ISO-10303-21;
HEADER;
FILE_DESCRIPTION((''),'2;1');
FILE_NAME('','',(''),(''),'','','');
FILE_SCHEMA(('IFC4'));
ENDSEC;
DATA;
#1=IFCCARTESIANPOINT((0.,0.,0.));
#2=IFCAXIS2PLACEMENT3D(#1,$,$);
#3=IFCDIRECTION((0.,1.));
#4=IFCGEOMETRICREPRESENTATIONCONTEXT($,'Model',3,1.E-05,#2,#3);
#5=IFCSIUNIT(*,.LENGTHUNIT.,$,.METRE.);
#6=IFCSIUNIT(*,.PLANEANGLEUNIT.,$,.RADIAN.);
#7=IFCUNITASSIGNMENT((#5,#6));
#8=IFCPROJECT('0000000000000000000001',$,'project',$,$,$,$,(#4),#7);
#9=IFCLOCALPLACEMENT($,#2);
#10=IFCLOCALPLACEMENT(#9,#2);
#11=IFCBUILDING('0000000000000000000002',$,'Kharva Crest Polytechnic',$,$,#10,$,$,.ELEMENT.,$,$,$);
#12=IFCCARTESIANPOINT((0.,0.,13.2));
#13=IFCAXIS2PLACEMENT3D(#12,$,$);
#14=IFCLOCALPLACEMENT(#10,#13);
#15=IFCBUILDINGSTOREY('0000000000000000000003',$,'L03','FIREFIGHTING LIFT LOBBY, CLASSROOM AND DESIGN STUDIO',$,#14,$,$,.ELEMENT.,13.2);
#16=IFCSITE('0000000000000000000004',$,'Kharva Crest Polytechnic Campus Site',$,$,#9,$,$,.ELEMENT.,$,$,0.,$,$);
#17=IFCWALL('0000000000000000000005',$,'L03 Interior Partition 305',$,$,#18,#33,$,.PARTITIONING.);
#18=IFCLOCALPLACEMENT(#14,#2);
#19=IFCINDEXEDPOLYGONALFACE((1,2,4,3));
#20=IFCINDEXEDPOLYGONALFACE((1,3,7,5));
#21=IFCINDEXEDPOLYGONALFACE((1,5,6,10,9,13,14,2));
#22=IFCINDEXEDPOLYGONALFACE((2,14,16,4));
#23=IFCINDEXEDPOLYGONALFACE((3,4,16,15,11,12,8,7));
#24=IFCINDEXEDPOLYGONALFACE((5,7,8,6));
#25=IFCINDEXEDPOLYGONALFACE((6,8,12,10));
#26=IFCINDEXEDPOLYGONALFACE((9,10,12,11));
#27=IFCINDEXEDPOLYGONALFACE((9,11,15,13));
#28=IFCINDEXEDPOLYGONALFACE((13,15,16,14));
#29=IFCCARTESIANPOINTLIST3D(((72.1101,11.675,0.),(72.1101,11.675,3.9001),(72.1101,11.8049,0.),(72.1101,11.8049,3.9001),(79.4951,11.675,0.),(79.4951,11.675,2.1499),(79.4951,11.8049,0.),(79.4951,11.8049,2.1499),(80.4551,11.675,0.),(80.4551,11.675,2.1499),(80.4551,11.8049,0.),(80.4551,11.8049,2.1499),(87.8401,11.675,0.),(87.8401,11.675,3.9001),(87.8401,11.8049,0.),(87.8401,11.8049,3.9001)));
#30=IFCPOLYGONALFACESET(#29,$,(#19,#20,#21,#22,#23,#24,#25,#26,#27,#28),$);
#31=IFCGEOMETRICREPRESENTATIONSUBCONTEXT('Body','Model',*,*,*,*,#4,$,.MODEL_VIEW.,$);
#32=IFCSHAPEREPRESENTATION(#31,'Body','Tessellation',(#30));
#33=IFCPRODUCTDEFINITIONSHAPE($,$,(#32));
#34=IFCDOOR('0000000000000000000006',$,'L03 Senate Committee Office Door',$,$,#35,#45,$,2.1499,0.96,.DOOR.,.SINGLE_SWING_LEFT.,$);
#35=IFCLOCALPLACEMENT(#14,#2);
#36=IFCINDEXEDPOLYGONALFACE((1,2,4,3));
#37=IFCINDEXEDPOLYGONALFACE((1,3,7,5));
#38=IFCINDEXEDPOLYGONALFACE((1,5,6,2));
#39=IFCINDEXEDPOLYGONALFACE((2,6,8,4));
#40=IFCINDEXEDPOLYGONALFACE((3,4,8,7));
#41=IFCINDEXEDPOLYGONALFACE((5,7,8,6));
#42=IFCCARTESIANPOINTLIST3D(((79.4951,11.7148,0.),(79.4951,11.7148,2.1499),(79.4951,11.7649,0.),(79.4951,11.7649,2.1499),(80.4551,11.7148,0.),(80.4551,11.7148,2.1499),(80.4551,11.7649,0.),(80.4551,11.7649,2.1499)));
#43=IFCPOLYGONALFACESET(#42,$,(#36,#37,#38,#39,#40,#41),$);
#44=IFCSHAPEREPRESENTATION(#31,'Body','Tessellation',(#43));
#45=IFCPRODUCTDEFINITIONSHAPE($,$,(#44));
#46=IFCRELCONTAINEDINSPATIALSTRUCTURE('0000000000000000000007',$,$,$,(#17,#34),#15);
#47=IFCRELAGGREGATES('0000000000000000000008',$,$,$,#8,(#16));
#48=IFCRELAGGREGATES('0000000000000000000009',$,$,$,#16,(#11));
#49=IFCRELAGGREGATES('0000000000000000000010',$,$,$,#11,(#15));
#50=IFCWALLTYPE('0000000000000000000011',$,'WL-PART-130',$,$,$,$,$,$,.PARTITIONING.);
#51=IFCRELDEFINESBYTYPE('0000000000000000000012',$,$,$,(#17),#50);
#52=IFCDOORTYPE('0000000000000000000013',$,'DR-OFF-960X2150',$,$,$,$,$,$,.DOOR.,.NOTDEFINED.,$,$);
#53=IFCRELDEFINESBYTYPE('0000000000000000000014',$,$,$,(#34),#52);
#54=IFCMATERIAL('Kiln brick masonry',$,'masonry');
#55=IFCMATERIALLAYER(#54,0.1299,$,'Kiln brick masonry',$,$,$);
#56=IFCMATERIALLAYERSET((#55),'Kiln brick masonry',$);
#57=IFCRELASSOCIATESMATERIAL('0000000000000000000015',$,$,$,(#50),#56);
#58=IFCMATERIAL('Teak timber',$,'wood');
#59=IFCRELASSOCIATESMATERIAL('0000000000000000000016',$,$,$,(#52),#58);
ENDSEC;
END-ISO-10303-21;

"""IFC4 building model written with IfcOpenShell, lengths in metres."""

from ifc_helpers import new_model, si_unit, direction, frame, frame_2d, origin, place, context, subcontext, project, spatial, rectangle, extrude, material, layer, layer_set, type_object, element, fill, save


model = new_model("IFC4")

# Units and contexts
model_context = context("Model", 3, precision=1e-05, world=origin(), true_north=direction((0.0, 1.0)))
body_context = subcontext(model_context, "Body", "Model", "MODEL_VIEW")
ifc_project = project(units=[si_unit("LENGTHUNIT", "METRE"), si_unit("PLANEANGLEUNIT", "RADIAN")], contexts=[model_context])

# Site, building, storey
site_placement = place(None, origin())
site = spatial("IfcSite", under=ifc_project, at=site_placement, Name="Kharva Crest Polytechnic Campus Site", CompositionType="ELEMENT", RefElevation=0.0)
building_placement = place(site_placement, origin())
building = spatial("IfcBuilding", under=site, at=building_placement, Name="Kharva Crest Polytechnic", CompositionType="ELEMENT")
storey_placement = place(building_placement, frame((0.0, 0.0, 13.2)))
storey = spatial("IfcBuildingStorey", under=building, at=storey_placement, Name="L03", Description="FIREFIGHTING LIFT LOBBY, CLASSROOM AND DESIGN STUDIO", CompositionType="ELEMENT", Elevation=13.2)

# Wall, opening, door
ifc_material_1 = material(Name="Kiln brick masonry", Category="masonry")
ifc_material_2 = material(Name="Teak timber", Category="wood")
ifc_layer_1 = layer(ifc_material_1, 0.1299, Name="Kiln brick masonry")
ifc_layer_set_1 = layer_set([ifc_layer_1], Name="Kiln brick masonry")
wall_type_1 = type_object("IfcWallType", Name="WL-PART-130", PredefinedType="PARTITIONING", material=ifc_layer_set_1)
wall_1_placement = place(storey_placement, frame((72.1101, 11.74, 0.0), z_axis=(0.0, 0.0, 1.0), x_axis=(1.0, 0.0, 0.0)))
wall_1 = element("IfcWall", 1, at=wall_1_placement, inside=storey, type_object=wall_type_1, Name="L03 Interior Partition 305", PredefinedType="PARTITIONING", context=body_context, shape_type="SweptSolid", body=[
    extrude(rectangle(XDim=15.73, YDim=0.1299, at=frame_2d((7.865, 0.0))), origin(), (0.0, 0.0, 1.0), 3.9001),
])
opening_1_placement = place(wall_1_placement, frame((7.385, 0.0, 0.0)))
opening_1 = element("IfcOpeningElement", 2, at=opening_1_placement, cuts=wall_1, PredefinedType="OPENING", context=body_context, shape_type="SweptSolid", body=[
    extrude(rectangle(XDim=0.96, YDim=2.1499, at=frame_2d((0.48, 1.075))), frame((0.0, 0.075, 0.0), z_axis=(0.0, -1.0, 0.0), x_axis=(1.0, 0.0, 0.0)), (0.0, 0.0, 1.0), 0.1499),
])
door_type_1 = type_object("IfcDoorType", Name="DR-OFF-960X2150", OperationType="NOTDEFINED", PredefinedType="DOOR", material=ifc_material_2)
door_1_placement = place(opening_1_placement, origin())
door_1 = element("IfcDoor", 3, at=door_1_placement, inside=storey, type_object=door_type_1, Name="L03 Senate Committee Office Door", OperationType="SINGLE_SWING_LEFT", OverallHeight=2.1499, OverallWidth=0.96, PredefinedType="DOOR", context=body_context, shape_type="SweptSolid", body=[
    extrude(rectangle(XDim=0.96, YDim=2.1499, at=frame_2d((0.48, 1.075))), frame((0.0, 0.0249, 0.0), z_axis=(0.0, -1.0, 0.0), x_axis=(1.0, 0.0, 0.0)), (0.0, 0.0, 1.0), 0.05),
])
fill(opening_1, door_1)

save(model, "model.ifc")
